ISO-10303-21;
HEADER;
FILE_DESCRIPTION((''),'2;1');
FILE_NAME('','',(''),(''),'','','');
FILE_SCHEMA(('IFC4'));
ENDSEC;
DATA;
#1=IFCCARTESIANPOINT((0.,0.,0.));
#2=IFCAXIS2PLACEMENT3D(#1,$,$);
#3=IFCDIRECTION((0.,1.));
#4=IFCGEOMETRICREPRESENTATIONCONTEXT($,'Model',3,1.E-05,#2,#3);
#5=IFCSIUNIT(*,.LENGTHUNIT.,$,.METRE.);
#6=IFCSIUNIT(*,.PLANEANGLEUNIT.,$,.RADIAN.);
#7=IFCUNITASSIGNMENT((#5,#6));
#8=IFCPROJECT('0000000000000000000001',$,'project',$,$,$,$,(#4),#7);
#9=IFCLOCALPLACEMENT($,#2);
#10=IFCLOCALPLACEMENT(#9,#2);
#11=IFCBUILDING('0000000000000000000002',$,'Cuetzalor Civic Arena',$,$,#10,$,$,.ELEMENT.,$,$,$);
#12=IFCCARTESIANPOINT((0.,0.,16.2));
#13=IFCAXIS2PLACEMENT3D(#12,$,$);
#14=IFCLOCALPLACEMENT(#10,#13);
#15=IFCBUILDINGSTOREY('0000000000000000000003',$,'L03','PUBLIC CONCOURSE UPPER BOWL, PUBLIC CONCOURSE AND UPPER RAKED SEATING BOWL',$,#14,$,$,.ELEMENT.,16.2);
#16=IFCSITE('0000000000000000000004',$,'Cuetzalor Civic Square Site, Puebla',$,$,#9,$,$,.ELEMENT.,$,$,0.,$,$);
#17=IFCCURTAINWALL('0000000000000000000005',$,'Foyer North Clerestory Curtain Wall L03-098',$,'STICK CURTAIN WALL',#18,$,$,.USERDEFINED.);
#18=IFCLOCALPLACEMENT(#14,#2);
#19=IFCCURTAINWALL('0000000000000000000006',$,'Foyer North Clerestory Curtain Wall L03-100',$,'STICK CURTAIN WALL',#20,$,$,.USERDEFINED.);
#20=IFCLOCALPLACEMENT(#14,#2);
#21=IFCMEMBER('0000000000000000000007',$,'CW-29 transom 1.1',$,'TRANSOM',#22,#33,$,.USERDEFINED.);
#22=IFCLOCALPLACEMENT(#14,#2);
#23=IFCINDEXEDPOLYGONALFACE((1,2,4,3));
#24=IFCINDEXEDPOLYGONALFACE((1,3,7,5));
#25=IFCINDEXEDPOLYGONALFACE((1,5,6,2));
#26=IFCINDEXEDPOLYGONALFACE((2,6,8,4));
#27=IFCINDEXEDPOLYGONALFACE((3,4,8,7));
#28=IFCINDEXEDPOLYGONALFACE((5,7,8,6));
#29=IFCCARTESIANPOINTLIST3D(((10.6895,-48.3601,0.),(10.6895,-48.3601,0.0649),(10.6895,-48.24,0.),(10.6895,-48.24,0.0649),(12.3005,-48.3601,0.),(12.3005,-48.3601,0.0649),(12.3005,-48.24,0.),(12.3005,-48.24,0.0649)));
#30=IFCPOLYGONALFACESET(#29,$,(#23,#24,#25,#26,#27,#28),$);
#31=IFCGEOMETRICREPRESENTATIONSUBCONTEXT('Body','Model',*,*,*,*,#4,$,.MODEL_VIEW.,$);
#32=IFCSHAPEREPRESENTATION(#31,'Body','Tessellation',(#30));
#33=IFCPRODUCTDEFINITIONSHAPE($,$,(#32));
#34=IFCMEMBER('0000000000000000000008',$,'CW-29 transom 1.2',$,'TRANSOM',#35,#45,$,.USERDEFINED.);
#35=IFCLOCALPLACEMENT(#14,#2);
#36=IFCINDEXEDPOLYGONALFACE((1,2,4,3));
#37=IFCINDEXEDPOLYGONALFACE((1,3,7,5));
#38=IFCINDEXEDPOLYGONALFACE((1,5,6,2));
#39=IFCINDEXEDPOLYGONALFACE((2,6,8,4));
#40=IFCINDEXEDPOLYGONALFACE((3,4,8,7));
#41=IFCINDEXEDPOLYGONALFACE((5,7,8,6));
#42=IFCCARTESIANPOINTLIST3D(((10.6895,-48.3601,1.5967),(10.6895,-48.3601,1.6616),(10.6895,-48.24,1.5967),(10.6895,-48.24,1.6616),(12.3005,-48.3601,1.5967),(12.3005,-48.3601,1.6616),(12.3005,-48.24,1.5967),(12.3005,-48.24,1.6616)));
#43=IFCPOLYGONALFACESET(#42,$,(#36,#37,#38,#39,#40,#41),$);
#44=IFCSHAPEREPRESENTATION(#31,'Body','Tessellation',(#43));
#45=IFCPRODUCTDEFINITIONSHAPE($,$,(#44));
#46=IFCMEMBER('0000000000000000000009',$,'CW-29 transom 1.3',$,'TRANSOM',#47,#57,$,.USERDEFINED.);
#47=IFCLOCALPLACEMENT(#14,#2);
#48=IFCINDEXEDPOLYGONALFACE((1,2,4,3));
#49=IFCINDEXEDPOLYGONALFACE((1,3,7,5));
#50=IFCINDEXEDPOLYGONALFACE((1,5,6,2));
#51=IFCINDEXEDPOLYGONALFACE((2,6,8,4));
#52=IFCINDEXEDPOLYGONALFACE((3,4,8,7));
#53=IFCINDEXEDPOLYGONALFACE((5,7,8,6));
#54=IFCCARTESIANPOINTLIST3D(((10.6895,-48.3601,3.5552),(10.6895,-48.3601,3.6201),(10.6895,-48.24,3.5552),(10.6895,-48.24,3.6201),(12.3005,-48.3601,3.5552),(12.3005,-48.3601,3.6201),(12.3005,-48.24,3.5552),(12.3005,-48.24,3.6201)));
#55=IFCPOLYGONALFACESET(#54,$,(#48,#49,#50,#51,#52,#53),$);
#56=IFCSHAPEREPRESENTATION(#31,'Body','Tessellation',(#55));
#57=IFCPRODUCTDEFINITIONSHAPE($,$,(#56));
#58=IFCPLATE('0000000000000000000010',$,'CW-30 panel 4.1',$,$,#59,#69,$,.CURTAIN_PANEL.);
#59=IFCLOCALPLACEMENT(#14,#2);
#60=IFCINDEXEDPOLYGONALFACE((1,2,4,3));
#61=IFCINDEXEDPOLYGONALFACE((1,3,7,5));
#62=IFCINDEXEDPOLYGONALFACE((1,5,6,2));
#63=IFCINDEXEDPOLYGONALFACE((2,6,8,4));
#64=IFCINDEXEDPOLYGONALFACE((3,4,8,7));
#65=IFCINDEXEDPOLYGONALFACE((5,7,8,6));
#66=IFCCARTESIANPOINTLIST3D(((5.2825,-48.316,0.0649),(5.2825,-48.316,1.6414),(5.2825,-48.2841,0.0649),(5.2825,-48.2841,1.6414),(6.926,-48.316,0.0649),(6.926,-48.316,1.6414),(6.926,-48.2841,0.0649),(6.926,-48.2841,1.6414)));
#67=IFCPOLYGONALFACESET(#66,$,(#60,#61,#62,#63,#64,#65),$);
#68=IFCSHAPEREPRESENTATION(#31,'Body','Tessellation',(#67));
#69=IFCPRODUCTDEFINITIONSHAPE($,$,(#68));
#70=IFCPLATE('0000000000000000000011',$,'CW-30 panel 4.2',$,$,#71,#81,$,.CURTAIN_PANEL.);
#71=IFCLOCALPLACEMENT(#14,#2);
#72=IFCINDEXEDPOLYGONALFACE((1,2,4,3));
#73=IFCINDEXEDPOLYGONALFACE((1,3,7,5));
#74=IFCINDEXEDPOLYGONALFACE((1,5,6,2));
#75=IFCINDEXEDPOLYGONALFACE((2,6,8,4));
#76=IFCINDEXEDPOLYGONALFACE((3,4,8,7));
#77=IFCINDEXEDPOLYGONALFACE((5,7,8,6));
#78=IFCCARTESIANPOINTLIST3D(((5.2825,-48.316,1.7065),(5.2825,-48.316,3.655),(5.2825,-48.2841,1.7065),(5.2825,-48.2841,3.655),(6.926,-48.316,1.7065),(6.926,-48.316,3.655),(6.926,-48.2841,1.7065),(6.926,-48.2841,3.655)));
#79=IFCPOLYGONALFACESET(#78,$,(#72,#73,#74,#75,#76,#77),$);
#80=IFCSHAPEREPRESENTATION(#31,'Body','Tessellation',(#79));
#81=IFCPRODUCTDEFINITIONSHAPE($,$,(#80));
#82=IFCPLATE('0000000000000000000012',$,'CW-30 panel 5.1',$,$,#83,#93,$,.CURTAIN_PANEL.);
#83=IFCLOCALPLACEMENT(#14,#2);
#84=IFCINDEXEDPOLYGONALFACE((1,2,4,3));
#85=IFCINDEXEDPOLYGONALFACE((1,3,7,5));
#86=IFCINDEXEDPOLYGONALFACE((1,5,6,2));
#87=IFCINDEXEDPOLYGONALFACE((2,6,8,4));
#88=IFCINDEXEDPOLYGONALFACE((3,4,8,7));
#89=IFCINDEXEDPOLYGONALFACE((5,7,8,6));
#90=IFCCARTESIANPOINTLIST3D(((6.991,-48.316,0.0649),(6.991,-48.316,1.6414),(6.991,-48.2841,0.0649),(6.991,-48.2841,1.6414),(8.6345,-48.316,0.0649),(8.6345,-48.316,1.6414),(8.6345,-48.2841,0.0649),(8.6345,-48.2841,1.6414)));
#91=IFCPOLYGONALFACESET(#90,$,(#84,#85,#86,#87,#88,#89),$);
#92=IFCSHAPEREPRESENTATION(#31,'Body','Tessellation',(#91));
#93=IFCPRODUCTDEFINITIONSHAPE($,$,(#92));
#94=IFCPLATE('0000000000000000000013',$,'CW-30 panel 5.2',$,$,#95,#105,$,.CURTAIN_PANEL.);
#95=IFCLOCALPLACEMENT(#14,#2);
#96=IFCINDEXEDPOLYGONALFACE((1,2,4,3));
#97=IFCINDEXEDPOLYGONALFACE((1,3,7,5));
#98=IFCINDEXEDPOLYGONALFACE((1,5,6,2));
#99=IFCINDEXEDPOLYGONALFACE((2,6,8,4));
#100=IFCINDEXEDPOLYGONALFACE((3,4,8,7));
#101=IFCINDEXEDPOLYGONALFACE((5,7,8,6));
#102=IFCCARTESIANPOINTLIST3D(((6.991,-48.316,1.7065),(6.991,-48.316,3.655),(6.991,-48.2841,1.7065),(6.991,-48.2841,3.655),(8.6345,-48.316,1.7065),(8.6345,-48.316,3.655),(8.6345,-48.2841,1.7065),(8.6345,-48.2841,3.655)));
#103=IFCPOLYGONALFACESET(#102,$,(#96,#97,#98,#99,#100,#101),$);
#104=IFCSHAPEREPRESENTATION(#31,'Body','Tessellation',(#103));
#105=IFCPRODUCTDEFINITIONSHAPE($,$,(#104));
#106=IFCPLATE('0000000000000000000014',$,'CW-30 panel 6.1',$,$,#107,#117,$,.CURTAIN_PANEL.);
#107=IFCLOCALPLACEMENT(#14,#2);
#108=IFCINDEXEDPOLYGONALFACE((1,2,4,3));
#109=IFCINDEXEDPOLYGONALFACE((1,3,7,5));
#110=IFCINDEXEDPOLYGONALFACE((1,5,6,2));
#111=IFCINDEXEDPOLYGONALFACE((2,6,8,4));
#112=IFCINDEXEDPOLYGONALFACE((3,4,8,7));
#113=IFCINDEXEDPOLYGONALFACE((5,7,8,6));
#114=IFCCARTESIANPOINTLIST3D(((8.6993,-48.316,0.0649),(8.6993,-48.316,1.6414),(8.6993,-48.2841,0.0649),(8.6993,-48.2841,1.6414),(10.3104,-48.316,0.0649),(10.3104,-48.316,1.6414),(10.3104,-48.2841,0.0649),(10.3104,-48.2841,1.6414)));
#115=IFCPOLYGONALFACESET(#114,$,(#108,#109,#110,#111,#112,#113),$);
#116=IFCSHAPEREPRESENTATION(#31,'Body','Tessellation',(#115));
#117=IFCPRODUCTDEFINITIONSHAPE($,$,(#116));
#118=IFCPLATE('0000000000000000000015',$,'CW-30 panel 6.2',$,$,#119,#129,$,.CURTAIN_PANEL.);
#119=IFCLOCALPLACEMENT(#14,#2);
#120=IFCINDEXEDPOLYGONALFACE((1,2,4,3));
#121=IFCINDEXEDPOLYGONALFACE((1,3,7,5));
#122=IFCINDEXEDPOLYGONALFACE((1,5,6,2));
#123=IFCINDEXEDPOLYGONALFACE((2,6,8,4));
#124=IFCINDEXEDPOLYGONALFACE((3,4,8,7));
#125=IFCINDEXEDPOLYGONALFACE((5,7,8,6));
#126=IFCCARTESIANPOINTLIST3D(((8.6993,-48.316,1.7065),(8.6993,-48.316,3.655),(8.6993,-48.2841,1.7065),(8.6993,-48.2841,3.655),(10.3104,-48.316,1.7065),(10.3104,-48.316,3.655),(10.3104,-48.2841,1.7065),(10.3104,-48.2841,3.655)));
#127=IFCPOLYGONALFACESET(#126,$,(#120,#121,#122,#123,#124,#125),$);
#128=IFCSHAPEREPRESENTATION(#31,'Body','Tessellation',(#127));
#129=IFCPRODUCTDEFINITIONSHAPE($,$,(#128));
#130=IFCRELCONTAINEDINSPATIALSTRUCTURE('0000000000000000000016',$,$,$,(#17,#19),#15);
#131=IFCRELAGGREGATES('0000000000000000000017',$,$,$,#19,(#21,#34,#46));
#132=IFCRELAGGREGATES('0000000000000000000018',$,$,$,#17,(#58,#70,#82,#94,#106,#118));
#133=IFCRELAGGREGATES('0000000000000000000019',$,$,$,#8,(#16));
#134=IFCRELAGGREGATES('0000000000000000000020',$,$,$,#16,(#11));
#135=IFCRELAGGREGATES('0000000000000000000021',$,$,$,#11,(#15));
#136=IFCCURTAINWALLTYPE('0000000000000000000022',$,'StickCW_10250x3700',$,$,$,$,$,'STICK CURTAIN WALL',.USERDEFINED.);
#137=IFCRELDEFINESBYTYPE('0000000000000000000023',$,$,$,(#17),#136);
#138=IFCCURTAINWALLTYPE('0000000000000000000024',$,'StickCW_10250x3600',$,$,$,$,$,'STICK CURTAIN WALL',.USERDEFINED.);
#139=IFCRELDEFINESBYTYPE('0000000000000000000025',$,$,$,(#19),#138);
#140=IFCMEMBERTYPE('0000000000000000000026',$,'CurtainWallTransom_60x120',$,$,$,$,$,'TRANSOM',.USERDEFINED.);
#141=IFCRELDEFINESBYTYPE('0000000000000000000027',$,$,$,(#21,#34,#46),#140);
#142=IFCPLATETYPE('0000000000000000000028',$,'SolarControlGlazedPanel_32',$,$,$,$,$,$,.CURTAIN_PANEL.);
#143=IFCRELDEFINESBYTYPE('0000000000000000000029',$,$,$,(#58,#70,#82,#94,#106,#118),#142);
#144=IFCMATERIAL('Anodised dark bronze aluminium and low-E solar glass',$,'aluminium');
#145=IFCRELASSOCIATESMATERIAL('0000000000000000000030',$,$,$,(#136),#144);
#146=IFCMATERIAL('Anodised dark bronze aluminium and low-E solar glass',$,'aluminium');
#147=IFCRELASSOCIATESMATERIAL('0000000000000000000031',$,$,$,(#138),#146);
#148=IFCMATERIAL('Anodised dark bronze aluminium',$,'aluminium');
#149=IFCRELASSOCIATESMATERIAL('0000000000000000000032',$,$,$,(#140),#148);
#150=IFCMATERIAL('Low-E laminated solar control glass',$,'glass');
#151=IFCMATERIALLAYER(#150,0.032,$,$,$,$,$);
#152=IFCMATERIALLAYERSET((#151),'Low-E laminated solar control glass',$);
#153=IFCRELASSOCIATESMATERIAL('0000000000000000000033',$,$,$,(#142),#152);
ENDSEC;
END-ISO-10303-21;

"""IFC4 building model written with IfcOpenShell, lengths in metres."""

from ifc_helpers import new_model, si_unit, direction, frame, origin, origin_2d, place, context, subcontext, project, spatial, rectangle, extrude, material, layer, layer_set, material_profile, profile_set, type_object, element, aggregate, save


model = new_model("IFC4")

# Units and contexts
model_context = context("Model", 3, precision=1e-05, world=origin(), true_north=direction((0.0, 1.0)))
body_context = subcontext(model_context, "Body", "Model", "MODEL_VIEW")
ifc_project = project(units=[si_unit("LENGTHUNIT", "METRE"), si_unit("PLANEANGLEUNIT", "RADIAN")], contexts=[model_context])

# Site, building, storey
site_placement = place(None, origin())
site = spatial("IfcSite", under=ifc_project, at=site_placement, Name="Cuetzalor Civic Square Site, Puebla", CompositionType="ELEMENT", RefElevation=0.0)
building_placement = place(site_placement, origin())
building = spatial("IfcBuilding", under=site, at=building_placement, Name="Cuetzalor Civic Arena", CompositionType="ELEMENT")
storey_placement = place(building_placement, frame((0.0, 0.0, 16.2)))
storey = spatial("IfcBuildingStorey", under=building, at=storey_placement, Name="L03", Description="PUBLIC CONCOURSE UPPER BOWL, PUBLIC CONCOURSE AND UPPER RAKED SEATING BOWL", CompositionType="ELEMENT", Elevation=16.2)

# Curtain wall
ifc_material_1 = material(Name="Anodised dark bronze aluminium and low-E solar glass", Category="aluminium")
curtain_wall_type_1 = type_object("IfcCurtainWallType", Name="StickCW_10250x3700", ElementType="STICK CURTAIN WALL", PredefinedType="USERDEFINED", material=ifc_material_1)
curtain_wall_1_placement = place(storey_placement, origin())
curtain_wall_1 = element("IfcCurtainWall", 1, at=curtain_wall_1_placement, inside=storey, type_object=curtain_wall_type_1, Name="Foyer North Clerestory Curtain Wall L03-098", ObjectType="STICK CURTAIN WALL", PredefinedType="USERDEFINED")

# Curtain wall
ifc_material_2 = material(Name="Anodised dark bronze aluminium and low-E solar glass", Category="aluminium")
curtain_wall_type_2 = type_object("IfcCurtainWallType", Name="StickCW_10250x3600", ElementType="STICK CURTAIN WALL", PredefinedType="USERDEFINED", material=ifc_material_2)
curtain_wall_2_placement = place(storey_placement, origin())
curtain_wall_2 = element("IfcCurtainWall", 2, at=curtain_wall_2_placement, inside=storey, type_object=curtain_wall_type_2, Name="Foyer North Clerestory Curtain Wall L03-100", ObjectType="STICK CURTAIN WALL", PredefinedType="USERDEFINED")

# Members
ifc_material_3 = material(Name="Anodised dark bronze aluminium", Category="aluminium")
ifc_material_profile_1 = material_profile(ifc_material_3, rectangle(XDim=0.1201, YDim=0.0649, at=origin_2d()), Name="ALU TRANSOM 65x120")
ifc_profile_set_1 = profile_set([ifc_material_profile_1], Name="Anodised dark bronze aluminium")
member_type_1 = type_object("IfcMemberType", Name="CurtainWallTransom_60x120", ElementType="TRANSOM", PredefinedType="USERDEFINED", material=ifc_profile_set_1)
member_1_placement = place(storey_placement, frame((10.6895, -48.3, 0.0325), z_axis=(1.0, 0.0, 0.0), x_axis=(0.0, 1.0, 0.0)))
member_1 = element("IfcMember", 3, at=member_1_placement, type_object=member_type_1, Name="CW-29 transom 1.1", ObjectType="TRANSOM", PredefinedType="USERDEFINED", context=body_context, shape_type="SweptSolid", body=[
    extrude(rectangle(XDim=0.1201, YDim=0.0649, at=origin_2d()), origin(), (0.0, 0.0, 1.0), 1.6111),
])
member_2_placement = place(storey_placement, frame((10.6895, -48.3, 1.6292), z_axis=(1.0, 0.0, 0.0), x_axis=(0.0, 1.0, 0.0)))
member_2 = element("IfcMember", 4, at=member_2_placement, type_object=member_type_1, Name="CW-29 transom 1.2", ObjectType="TRANSOM", PredefinedType="USERDEFINED", context=body_context, shape_type="SweptSolid", body=[
    extrude(rectangle(XDim=0.1201, YDim=0.0649, at=origin_2d()), origin(), (0.0, 0.0, 1.0), 1.6111),
])
member_3_placement = place(storey_placement, frame((10.6895, -48.3, 3.5876), z_axis=(1.0, 0.0, 0.0), x_axis=(0.0, 1.0, 0.0)))
member_3 = element("IfcMember", 5, at=member_3_placement, type_object=member_type_1, Name="CW-29 transom 1.3", ObjectType="TRANSOM", PredefinedType="USERDEFINED", context=body_context, shape_type="SweptSolid", body=[
    extrude(rectangle(XDim=0.1201, YDim=0.0649, at=origin_2d()), origin(), (0.0, 0.0, 1.0), 1.6111),
])
aggregate(curtain_wall_2, [member_1, member_2, member_3])

# Plates
ifc_material_4 = material(Name="Low-E laminated solar control glass", Category="glass")
ifc_layer = layer(ifc_material_4, 0.032)
ifc_layer_set = layer_set([ifc_layer], Name="Low-E laminated solar control glass")
plate_type = type_object("IfcPlateType", Name="SolarControlGlazedPanel_32", PredefinedType="CURTAIN_PANEL", material=ifc_layer_set)
plate_1_placement = place(storey_placement, frame((6.1042, -48.3, 0.0649), z_axis=(0.0, 0.0, 1.0), x_axis=(1.0, 0.0, 0.0)))
plate_1 = element("IfcPlate", 6, at=plate_1_placement, type_object=plate_type, Name="CW-30 panel 4.1", PredefinedType="CURTAIN_PANEL", context=body_context, shape_type="SweptSolid", body=[
    extrude(rectangle(XDim=1.6436, YDim=0.032, at=origin_2d()), origin(), (0.0, 0.0, 1.0), 1.5764),
])
plate_2_placement = place(storey_placement, frame((6.1042, -48.3, 1.7065), z_axis=(0.0, 0.0, 1.0), x_axis=(1.0, 0.0, 0.0)))
plate_2 = element("IfcPlate", 7, at=plate_2_placement, type_object=plate_type, Name="CW-30 panel 4.2", PredefinedType="CURTAIN_PANEL", context=body_context, shape_type="SweptSolid", body=[
    extrude(rectangle(XDim=1.6436, YDim=0.032, at=origin_2d()), origin(), (0.0, 0.0, 1.0), 1.9485),
])
plate_3_placement = place(storey_placement, frame((7.8127, -48.3, 0.0649), z_axis=(0.0, 0.0, 1.0), x_axis=(1.0, 0.0, 0.0)))
plate_3 = element("IfcPlate", 8, at=plate_3_placement, type_object=plate_type, Name="CW-30 panel 5.1", PredefinedType="CURTAIN_PANEL", context=body_context, shape_type="SweptSolid", body=[
    extrude(rectangle(XDim=1.6436, YDim=0.032, at=origin_2d()), origin(), (0.0, 0.0, 1.0), 1.5764),
])
plate_4_placement = place(storey_placement, frame((7.8127, -48.3, 1.7065), z_axis=(0.0, 0.0, 1.0), x_axis=(1.0, 0.0, 0.0)))
plate_4 = element("IfcPlate", 9, at=plate_4_placement, type_object=plate_type, Name="CW-30 panel 5.2", PredefinedType="CURTAIN_PANEL", context=body_context, shape_type="SweptSolid", body=[
    extrude(rectangle(XDim=1.6436, YDim=0.032, at=origin_2d()), origin(), (0.0, 0.0, 1.0), 1.9485),
])
plate_5_placement = place(storey_placement, frame((9.5049, -48.3, 0.0649), z_axis=(0.0, 0.0, 1.0), x_axis=(1.0, 0.0, 0.0)))
plate_5 = element("IfcPlate", 10, at=plate_5_placement, type_object=plate_type, Name="CW-30 panel 6.1", PredefinedType="CURTAIN_PANEL", context=body_context, shape_type="SweptSolid", body=[
    extrude(rectangle(XDim=1.6111, YDim=0.032, at=origin_2d()), origin(), (0.0, 0.0, 1.0), 1.5764),
])
plate_6_placement = place(storey_placement, frame((9.5049, -48.3, 1.7065), z_axis=(0.0, 0.0, 1.0), x_axis=(1.0, 0.0, 0.0)))
plate_6 = element("IfcPlate", 11, at=plate_6_placement, type_object=plate_type, Name="CW-30 panel 6.2", PredefinedType="CURTAIN_PANEL", context=body_context, shape_type="SweptSolid", body=[
    extrude(rectangle(XDim=1.6111, YDim=0.032, at=origin_2d()), origin(), (0.0, 0.0, 1.0), 1.9485),
])
aggregate(curtain_wall_1, [plate_1, plate_2, plate_3, plate_4, plate_5, plate_6])

save(model, "model.ifc")
